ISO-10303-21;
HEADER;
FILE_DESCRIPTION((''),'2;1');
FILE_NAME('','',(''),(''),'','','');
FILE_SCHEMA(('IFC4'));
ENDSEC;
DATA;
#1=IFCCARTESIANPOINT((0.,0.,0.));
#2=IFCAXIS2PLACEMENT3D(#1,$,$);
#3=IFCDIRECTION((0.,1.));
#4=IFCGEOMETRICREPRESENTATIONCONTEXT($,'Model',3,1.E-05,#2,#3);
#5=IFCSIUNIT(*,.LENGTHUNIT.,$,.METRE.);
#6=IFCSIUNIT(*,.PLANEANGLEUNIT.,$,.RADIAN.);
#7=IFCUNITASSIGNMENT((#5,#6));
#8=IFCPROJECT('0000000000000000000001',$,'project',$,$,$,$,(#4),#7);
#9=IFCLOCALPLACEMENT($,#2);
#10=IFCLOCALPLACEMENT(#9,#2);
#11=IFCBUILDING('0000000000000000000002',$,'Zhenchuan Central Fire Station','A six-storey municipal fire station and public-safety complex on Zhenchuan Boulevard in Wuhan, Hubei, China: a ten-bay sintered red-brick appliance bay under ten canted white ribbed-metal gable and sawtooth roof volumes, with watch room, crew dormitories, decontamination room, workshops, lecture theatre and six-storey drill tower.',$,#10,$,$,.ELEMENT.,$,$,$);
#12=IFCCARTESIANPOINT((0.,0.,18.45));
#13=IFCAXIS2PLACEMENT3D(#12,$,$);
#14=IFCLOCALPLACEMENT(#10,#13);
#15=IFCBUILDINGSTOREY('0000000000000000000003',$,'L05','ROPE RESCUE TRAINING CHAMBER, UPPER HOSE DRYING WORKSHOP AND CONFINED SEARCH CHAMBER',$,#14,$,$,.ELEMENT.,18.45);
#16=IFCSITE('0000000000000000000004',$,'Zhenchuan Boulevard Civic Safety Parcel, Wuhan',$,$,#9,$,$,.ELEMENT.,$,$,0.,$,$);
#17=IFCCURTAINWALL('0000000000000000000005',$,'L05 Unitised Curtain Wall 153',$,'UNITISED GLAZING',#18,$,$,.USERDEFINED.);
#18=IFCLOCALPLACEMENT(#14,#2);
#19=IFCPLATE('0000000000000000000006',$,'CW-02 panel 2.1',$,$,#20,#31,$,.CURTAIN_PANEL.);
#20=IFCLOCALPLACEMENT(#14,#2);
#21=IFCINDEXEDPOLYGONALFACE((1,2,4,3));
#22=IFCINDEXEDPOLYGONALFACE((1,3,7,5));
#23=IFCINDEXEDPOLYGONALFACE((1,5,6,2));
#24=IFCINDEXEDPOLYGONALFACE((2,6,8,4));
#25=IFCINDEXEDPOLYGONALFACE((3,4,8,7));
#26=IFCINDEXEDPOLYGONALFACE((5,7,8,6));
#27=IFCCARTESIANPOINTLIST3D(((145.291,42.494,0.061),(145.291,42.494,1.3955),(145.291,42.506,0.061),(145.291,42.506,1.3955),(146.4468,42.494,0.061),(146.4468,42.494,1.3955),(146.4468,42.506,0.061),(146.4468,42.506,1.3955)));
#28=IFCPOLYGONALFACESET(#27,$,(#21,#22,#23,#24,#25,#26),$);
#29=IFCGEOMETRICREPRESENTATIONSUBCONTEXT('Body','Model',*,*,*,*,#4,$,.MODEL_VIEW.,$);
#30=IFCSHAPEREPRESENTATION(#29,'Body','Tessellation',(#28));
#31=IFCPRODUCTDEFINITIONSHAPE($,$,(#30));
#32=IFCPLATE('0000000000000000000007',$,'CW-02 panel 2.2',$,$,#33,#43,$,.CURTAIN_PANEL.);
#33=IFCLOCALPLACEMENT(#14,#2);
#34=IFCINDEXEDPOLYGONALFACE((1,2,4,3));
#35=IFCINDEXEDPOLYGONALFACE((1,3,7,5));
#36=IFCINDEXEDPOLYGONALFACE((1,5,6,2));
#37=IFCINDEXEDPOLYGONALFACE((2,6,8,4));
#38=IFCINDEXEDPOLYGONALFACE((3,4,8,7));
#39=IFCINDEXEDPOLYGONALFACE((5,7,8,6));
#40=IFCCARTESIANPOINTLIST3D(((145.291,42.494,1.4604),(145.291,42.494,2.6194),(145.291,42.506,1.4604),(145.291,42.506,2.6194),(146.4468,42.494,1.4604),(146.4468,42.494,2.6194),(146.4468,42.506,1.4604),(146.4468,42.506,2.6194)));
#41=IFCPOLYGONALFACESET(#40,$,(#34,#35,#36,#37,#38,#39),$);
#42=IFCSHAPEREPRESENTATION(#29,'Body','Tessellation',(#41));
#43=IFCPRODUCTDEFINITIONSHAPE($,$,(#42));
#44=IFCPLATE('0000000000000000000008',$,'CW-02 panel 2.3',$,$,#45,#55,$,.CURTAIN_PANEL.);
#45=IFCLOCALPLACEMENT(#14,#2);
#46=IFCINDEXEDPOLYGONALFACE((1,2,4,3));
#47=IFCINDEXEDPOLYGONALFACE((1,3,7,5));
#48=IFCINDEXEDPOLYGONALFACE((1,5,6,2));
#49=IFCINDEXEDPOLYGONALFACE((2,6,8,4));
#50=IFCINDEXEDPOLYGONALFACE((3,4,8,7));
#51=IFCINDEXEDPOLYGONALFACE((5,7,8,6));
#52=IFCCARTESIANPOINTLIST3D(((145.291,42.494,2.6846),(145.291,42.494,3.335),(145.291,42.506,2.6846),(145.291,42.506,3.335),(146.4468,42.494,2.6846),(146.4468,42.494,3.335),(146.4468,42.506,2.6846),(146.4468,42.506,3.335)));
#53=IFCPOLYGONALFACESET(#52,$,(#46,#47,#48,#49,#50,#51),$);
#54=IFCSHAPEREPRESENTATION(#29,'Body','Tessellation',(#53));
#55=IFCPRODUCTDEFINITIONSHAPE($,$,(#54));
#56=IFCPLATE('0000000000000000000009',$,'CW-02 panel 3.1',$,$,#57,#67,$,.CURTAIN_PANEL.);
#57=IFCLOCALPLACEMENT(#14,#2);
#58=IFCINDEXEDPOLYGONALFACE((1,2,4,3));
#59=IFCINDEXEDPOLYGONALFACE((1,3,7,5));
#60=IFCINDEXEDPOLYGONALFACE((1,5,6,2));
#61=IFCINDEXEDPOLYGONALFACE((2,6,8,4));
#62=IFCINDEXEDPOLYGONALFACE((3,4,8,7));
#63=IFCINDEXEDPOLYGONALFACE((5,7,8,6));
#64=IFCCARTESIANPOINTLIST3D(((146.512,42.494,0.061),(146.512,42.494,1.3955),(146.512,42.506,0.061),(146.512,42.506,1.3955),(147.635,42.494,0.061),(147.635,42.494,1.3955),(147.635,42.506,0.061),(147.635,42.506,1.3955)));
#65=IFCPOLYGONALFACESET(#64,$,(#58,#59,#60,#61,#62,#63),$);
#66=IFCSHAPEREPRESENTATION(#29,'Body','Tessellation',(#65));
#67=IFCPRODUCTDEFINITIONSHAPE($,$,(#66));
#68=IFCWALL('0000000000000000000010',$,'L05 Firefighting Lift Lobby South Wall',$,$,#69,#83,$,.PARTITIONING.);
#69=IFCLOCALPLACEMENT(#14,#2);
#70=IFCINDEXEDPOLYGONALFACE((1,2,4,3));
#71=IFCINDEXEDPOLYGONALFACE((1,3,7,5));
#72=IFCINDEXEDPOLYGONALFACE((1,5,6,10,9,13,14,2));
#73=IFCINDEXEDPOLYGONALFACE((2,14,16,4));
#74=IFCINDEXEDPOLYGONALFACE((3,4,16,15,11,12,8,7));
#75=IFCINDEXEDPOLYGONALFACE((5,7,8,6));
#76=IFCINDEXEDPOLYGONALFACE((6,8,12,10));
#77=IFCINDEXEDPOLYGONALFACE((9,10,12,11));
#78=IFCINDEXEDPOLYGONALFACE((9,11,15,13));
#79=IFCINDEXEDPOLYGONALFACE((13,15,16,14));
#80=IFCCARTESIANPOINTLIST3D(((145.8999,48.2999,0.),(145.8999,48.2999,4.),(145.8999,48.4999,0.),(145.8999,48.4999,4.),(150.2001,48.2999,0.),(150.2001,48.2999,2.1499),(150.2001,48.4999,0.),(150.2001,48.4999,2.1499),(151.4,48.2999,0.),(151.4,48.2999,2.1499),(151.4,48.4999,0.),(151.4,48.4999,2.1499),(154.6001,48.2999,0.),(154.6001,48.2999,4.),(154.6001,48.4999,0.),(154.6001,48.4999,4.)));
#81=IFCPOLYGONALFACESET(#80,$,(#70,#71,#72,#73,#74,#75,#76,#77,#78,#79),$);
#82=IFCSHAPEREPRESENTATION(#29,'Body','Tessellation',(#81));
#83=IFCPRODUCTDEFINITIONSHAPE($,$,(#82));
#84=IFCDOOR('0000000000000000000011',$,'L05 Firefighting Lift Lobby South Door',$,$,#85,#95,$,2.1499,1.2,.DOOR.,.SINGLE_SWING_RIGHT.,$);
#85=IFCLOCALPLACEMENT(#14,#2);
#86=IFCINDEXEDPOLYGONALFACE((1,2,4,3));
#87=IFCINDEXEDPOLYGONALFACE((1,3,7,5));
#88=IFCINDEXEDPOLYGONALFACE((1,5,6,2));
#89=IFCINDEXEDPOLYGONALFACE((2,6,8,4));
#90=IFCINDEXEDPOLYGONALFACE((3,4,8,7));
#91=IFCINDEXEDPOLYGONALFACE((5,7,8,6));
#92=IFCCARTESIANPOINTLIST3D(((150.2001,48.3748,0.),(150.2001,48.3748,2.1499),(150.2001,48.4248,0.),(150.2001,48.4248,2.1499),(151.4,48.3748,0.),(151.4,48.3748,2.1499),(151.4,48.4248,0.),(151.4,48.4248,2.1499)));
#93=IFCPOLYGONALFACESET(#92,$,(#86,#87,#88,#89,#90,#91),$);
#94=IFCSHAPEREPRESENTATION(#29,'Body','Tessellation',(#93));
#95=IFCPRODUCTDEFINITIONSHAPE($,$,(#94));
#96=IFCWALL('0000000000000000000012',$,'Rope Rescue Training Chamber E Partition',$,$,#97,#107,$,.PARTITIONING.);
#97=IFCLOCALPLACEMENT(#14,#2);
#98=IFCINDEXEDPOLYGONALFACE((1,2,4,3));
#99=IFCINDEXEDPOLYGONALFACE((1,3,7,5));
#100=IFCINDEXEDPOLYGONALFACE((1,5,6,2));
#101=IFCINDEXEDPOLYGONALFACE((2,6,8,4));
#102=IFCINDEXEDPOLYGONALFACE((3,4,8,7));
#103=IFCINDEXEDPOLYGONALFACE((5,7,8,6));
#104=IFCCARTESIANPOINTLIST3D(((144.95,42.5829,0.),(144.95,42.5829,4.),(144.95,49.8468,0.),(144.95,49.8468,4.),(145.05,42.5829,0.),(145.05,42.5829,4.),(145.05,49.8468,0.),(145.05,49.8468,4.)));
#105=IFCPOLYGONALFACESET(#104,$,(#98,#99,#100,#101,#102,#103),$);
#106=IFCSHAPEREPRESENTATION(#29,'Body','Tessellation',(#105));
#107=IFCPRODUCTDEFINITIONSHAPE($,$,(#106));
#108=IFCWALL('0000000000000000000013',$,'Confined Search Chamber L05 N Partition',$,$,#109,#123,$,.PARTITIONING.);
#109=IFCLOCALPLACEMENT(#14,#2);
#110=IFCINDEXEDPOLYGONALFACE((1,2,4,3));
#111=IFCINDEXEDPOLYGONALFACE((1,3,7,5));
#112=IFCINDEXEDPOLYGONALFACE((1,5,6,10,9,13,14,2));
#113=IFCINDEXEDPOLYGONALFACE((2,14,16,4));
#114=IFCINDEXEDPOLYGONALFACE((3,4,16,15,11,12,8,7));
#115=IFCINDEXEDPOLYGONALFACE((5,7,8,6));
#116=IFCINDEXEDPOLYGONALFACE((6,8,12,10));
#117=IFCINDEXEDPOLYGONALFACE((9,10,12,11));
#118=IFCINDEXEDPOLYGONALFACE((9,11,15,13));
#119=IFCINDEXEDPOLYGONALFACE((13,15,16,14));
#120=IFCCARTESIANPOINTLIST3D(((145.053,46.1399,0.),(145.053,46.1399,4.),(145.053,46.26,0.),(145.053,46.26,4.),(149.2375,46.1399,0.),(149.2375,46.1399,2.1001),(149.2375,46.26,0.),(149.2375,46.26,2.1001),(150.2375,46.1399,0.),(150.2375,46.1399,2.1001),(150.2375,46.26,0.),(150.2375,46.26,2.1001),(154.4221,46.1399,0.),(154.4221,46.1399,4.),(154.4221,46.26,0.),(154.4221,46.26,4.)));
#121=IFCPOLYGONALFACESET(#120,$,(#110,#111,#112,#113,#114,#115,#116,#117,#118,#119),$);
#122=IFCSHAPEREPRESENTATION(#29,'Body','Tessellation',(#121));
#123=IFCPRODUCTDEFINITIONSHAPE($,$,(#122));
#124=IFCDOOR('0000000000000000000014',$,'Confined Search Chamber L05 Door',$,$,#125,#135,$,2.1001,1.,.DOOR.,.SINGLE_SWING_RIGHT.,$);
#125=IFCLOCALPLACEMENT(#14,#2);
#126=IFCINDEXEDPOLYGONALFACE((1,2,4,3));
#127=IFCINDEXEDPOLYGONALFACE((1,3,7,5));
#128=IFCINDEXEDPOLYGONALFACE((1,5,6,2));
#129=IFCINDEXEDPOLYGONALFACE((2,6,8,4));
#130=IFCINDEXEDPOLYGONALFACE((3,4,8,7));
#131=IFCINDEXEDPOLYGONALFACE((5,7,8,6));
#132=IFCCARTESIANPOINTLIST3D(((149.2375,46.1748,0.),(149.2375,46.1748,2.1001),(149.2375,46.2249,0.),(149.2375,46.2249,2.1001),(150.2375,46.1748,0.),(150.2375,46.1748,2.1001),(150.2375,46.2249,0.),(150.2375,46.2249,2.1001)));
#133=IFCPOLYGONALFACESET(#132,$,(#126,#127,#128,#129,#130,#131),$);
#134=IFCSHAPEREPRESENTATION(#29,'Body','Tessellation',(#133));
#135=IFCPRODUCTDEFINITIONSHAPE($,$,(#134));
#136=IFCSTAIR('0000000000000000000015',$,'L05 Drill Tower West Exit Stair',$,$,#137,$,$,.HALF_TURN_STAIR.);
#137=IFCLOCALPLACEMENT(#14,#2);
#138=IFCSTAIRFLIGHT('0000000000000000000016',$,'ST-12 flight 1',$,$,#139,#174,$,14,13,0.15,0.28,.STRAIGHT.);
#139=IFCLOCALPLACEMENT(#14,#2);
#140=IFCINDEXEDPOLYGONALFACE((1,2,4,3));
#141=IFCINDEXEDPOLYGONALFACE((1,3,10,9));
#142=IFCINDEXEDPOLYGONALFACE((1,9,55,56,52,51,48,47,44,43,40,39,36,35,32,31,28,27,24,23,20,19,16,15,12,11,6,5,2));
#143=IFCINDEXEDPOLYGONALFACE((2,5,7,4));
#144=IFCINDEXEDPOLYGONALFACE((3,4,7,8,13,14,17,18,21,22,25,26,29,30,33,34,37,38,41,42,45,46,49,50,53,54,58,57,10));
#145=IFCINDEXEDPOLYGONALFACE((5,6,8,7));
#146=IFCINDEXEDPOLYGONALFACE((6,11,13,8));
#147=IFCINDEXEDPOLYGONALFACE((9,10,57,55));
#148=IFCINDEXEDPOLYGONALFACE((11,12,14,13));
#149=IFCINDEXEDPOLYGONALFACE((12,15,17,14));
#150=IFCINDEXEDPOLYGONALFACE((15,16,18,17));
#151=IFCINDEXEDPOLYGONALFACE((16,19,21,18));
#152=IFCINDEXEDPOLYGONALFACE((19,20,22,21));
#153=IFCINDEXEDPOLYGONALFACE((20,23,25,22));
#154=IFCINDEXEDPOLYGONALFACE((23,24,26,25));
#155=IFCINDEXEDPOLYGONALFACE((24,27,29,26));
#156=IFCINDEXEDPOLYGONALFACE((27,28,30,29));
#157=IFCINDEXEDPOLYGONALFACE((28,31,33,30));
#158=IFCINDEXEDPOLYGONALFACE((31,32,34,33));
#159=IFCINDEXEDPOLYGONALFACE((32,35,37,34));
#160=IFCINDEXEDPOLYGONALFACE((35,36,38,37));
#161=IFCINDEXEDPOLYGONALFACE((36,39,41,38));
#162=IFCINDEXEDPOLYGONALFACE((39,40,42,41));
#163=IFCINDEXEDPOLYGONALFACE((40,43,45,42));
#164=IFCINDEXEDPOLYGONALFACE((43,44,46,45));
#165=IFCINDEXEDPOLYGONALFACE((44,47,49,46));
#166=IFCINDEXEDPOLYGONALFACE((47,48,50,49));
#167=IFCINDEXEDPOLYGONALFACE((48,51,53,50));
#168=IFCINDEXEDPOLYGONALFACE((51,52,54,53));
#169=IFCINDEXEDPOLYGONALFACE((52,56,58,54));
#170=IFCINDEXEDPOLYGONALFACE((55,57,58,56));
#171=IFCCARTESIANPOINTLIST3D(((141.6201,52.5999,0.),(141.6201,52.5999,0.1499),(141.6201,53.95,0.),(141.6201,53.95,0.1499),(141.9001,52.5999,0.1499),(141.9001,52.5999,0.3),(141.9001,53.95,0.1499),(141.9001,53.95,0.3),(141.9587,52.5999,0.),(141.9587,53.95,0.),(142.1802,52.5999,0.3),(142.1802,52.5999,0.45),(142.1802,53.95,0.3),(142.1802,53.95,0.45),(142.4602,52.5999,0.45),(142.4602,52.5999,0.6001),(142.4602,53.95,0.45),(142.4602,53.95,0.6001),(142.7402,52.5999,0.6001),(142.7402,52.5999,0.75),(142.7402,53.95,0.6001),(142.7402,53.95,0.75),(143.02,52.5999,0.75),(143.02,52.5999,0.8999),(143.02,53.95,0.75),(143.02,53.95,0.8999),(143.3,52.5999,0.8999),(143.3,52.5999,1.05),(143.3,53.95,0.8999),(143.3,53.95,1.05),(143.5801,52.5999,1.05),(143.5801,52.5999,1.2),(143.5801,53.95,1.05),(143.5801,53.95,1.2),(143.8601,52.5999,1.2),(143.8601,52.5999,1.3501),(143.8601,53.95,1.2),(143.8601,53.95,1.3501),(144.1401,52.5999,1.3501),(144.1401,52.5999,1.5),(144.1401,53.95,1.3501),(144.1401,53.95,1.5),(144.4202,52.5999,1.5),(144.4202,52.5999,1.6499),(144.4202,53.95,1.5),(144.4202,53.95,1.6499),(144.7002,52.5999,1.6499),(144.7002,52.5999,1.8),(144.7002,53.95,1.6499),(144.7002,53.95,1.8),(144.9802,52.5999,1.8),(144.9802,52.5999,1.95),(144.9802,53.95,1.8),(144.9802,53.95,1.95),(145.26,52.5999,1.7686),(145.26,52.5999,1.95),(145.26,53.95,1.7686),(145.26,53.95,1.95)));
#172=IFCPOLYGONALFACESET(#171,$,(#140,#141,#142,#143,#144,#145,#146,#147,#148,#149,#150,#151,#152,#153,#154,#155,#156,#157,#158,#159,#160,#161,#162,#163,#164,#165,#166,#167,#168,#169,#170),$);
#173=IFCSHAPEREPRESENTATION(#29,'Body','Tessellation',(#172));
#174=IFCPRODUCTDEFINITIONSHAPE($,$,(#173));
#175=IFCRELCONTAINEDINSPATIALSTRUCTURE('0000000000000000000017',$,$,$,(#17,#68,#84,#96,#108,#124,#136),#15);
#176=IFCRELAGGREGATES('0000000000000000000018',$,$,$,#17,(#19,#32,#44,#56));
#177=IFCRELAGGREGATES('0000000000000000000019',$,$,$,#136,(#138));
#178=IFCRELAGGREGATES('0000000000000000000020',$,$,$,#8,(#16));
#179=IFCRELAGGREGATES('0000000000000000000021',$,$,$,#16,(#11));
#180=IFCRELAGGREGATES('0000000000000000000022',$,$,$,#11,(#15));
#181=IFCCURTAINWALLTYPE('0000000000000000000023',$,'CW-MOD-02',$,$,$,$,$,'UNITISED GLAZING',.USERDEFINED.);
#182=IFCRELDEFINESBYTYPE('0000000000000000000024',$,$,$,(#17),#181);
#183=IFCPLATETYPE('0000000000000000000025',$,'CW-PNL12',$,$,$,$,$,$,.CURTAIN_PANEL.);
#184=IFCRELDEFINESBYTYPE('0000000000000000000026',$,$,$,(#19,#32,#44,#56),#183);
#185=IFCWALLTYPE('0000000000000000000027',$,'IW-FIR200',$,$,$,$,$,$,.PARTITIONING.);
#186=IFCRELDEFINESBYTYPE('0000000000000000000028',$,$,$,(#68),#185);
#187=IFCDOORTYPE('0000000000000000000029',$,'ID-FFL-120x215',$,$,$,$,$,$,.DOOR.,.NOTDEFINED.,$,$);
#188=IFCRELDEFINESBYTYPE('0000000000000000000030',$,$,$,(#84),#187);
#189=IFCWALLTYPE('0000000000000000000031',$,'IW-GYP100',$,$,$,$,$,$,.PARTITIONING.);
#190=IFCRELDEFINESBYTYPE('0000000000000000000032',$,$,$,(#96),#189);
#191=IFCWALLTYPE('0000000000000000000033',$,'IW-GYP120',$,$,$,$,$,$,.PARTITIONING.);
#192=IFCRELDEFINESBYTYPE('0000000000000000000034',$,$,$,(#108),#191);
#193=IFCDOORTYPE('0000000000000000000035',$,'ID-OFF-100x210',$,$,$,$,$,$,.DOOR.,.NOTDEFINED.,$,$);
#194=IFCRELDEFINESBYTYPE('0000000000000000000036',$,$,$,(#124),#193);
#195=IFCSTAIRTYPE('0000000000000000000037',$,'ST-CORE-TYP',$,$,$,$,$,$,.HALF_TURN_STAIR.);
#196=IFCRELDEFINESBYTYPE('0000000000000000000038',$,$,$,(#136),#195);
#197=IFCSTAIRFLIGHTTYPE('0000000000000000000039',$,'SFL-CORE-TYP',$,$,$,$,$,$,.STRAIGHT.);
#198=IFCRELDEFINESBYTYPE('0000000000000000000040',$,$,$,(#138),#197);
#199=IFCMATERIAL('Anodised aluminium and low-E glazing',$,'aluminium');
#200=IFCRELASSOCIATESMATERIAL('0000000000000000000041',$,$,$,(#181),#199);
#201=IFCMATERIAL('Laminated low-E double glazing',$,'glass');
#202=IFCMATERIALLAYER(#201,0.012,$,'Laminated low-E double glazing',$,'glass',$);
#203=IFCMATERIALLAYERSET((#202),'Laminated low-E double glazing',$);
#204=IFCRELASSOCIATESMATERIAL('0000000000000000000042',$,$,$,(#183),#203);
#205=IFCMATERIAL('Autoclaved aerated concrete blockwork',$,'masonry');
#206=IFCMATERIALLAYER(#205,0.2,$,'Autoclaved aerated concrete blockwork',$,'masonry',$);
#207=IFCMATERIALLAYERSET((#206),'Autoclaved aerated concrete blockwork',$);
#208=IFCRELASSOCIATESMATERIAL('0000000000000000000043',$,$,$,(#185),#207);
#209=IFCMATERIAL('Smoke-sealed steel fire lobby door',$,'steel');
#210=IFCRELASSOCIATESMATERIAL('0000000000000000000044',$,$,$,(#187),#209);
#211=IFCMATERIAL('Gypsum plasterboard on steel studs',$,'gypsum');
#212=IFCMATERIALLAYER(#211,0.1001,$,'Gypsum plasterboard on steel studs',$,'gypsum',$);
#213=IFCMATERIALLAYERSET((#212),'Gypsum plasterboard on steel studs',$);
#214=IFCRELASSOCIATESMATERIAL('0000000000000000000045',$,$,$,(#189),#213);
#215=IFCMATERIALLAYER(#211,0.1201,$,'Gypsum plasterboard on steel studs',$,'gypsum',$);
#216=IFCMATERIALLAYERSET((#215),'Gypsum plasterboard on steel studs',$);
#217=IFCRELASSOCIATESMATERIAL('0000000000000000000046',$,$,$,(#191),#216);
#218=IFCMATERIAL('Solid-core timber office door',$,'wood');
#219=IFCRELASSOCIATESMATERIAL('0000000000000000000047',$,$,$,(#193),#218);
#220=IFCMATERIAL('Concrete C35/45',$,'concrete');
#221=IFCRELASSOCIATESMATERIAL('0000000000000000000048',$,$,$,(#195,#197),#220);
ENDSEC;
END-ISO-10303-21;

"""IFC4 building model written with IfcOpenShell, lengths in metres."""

from ifc_helpers import new_model, si_unit, direction, frame, frame_2d, origin, origin_2d, place, context, subcontext, project, spatial, polyline, rectangle, outline, extrude, material, layer, layer_set, type_object, element, fill, aggregate, save


model = new_model("IFC4")

# Units and contexts
model_context = context("Model", 3, precision=1e-05, world=origin(), true_north=direction((0.0, 1.0)))
body_context = subcontext(model_context, "Body", "Model", "MODEL_VIEW")
ifc_project = project(units=[si_unit("LENGTHUNIT", "METRE"), si_unit("PLANEANGLEUNIT", "RADIAN")], contexts=[model_context])

# Site, building, storey
site_placement = place(None, origin())
site = spatial("IfcSite", under=ifc_project, at=site_placement, Name="Zhenchuan Boulevard Civic Safety Parcel, Wuhan", CompositionType="ELEMENT", RefElevation=0.0)
building_placement = place(site_placement, origin())
building = spatial("IfcBuilding", under=site, at=building_placement, Name="Zhenchuan Central Fire Station", Description="A six-storey municipal fire station and public-safety complex on Zhenchuan Boulevard in Wuhan, Hubei, China: a ten-bay sintered red-brick appliance bay under ten canted white ribbed-metal gable and sawtooth roof volumes, with watch room, crew dormitories, decontamination room, workshops, lecture theatre and six-storey drill tower.", CompositionType="ELEMENT")
storey_placement = place(building_placement, frame((0.0, 0.0, 18.45)))
storey = spatial("IfcBuildingStorey", under=building, at=storey_placement, Name="L05", Description="ROPE RESCUE TRAINING CHAMBER, UPPER HOSE DRYING WORKSHOP AND CONFINED SEARCH CHAMBER", CompositionType="ELEMENT", Elevation=18.45)

# Curtain wall
ifc_material_1 = material(Name="Anodised aluminium and low-E glazing", Category="aluminium")
curtain_wall_type = type_object("IfcCurtainWallType", Name="CW-MOD-02", ElementType="UNITISED GLAZING", PredefinedType="USERDEFINED", material=ifc_material_1)
curtain_wall_placement = place(storey_placement, origin())
curtain_wall = element("IfcCurtainWall", 1, at=curtain_wall_placement, inside=storey, type_object=curtain_wall_type, Name="L05 Unitised Curtain Wall 153", ObjectType="UNITISED GLAZING", PredefinedType="USERDEFINED")

# Plates
ifc_material_2 = material(Name="Laminated low-E double glazing", Category="glass")
ifc_layer_1 = layer(ifc_material_2, 0.012, Name="Laminated low-E double glazing", Category="glass")
ifc_layer_set_1 = layer_set([ifc_layer_1], Name="Laminated low-E double glazing")
plate_type = type_object("IfcPlateType", Name="CW-PNL12", PredefinedType="CURTAIN_PANEL", material=ifc_layer_set_1)
plate_1_placement = place(storey_placement, frame((145.8689, 42.5, 0.061), z_axis=(0.0, 0.0, 1.0), x_axis=(1.0, 0.0, 0.0)))
plate_1 = element("IfcPlate", 2, at=plate_1_placement, type_object=plate_type, Name="CW-02 panel 2.1", PredefinedType="CURTAIN_PANEL", context=body_context, shape_type="SweptSolid", body=[
    extrude(rectangle(XDim=1.1558, YDim=0.012, at=origin_2d()), origin(), (0.0, 0.0, 1.0), 1.3345),
])
plate_2_placement = place(storey_placement, frame((145.8689, 42.5, 1.4604), z_axis=(0.0, 0.0, 1.0), x_axis=(1.0, 0.0, 0.0)))
plate_2 = element("IfcPlate", 3, at=plate_2_placement, type_object=plate_type, Name="CW-02 panel 2.2", PredefinedType="CURTAIN_PANEL", context=body_context, shape_type="SweptSolid", body=[
    extrude(rectangle(XDim=1.1558, YDim=0.012, at=origin_2d()), origin(), (0.0, 0.0, 1.0), 1.1589),
])
plate_3_placement = place(storey_placement, frame((145.8689, 42.5, 2.6846), z_axis=(0.0, 0.0, 1.0), x_axis=(1.0, 0.0, 0.0)))
plate_3 = element("IfcPlate", 4, at=plate_3_placement, type_object=plate_type, Name="CW-02 panel 2.3", PredefinedType="CURTAIN_PANEL", context=body_context, shape_type="SweptSolid", body=[
    extrude(rectangle(XDim=1.1558, YDim=0.012, at=origin_2d()), origin(), (0.0, 0.0, 1.0), 0.6504),
])
plate_4_placement = place(storey_placement, frame((147.0735, 42.5, 0.061), z_axis=(0.0, 0.0, 1.0), x_axis=(1.0, 0.0, 0.0)))
plate_4 = element("IfcPlate", 5, at=plate_4_placement, type_object=plate_type, Name="CW-02 panel 3.1", PredefinedType="CURTAIN_PANEL", context=body_context, shape_type="SweptSolid", body=[
    extrude(rectangle(XDim=1.123, YDim=0.012, at=origin_2d()), origin(), (0.0, 0.0, 1.0), 1.3345),
])
aggregate(curtain_wall, [plate_1, plate_2, plate_3, plate_4])

# Wall, opening, door
ifc_material_3 = material(Name="Autoclaved aerated concrete blockwork", Category="masonry")
ifc_layer_2 = layer(ifc_material_3, 0.2, Name="Autoclaved aerated concrete blockwork", Category="masonry")
ifc_layer_set_2 = layer_set([ifc_layer_2], Name="Autoclaved aerated concrete blockwork")
wall_type_1 = type_object("IfcWallType", Name="IW-FIR200", PredefinedType="PARTITIONING", material=ifc_layer_set_2)
wall_1_placement = place(storey_placement, frame((145.8999, 48.3999, 0.0), z_axis=(0.0, 0.0, 1.0), x_axis=(1.0, 0.0, 0.0)))
wall_1 = element("IfcWall", 6, at=wall_1_placement, inside=storey, type_object=wall_type_1, Name="L05 Firefighting Lift Lobby South Wall", PredefinedType="PARTITIONING", context=body_context, shape_type="SweptSolid", body=[
    extrude(rectangle(XDim=8.7002, YDim=0.2, at=frame_2d((4.3501, 0.0))), origin(), (0.0, 0.0, 1.0), 4.0),
])
opening_1_placement = place(wall_1_placement, frame((4.3, 0.0, 0.0)))
opening_1 = element("IfcOpeningElement", 7, at=opening_1_placement, cuts=wall_1, PredefinedType="OPENING", context=body_context, shape_type="SweptSolid", body=[
    extrude(rectangle(XDim=1.2, YDim=2.1499, at=frame_2d((0.6001, 1.075))), frame((0.0, 0.1099, 0.0), z_axis=(0.0, -1.0, 0.0), x_axis=(1.0, 0.0, 0.0)), (0.0, 0.0, 1.0), 0.22),
])
ifc_material_4 = material(Name="Smoke-sealed steel fire lobby door", Category="steel")
door_type_1 = type_object("IfcDoorType", Name="ID-FFL-120x215", OperationType="NOTDEFINED", PredefinedType="DOOR", material=ifc_material_4)
door_1_placement = place(opening_1_placement, origin())
door_1 = element("IfcDoor", 8, at=door_1_placement, inside=storey, type_object=door_type_1, Name="L05 Firefighting Lift Lobby South Door", OperationType="SINGLE_SWING_RIGHT", OverallHeight=2.1499, OverallWidth=1.2, PredefinedType="DOOR", context=body_context, shape_type="SweptSolid", body=[
    extrude(rectangle(XDim=1.2, YDim=2.1499, at=frame_2d((0.6001, 1.075))), frame((0.0, 0.0249, 0.0), z_axis=(0.0, -1.0, 0.0), x_axis=(1.0, 0.0, 0.0)), (0.0, 0.0, 1.0), 0.05),
])
fill(opening_1, door_1)

# Wall
ifc_material_5 = material(Name="Gypsum plasterboard on steel studs", Category="gypsum")
ifc_layer_3 = layer(ifc_material_5, 0.1001, Name="Gypsum plasterboard on steel studs", Category="gypsum")
ifc_layer_set_3 = layer_set([ifc_layer_3], Name="Gypsum plasterboard on steel studs")
wall_type_2 = type_object("IfcWallType", Name="IW-GYP100", PredefinedType="PARTITIONING", material=ifc_layer_set_3)
wall_2_placement = place(storey_placement, frame((145.0, 42.583, 0.0), z_axis=(0.0, 0.0, 1.0), x_axis=(0.0, 1.0, 0.0)))
element("IfcWall", 9, at=wall_2_placement, inside=storey, type_object=wall_type_2, Name="Rope Rescue Training Chamber E Partition", PredefinedType="PARTITIONING", context=body_context, shape_type="SweptSolid", body=[
    extrude(rectangle(XDim=7.2639, YDim=0.1001, at=frame_2d((3.6318, 0.0))), origin(), (0.0, 0.0, 1.0), 4.0),
])

# Wall, opening, door
ifc_layer_4 = layer(ifc_material_5, 0.1201, Name="Gypsum plasterboard on steel studs", Category="gypsum")
ifc_layer_set_4 = layer_set([ifc_layer_4], Name="Gypsum plasterboard on steel studs")
wall_type_3 = type_object("IfcWallType", Name="IW-GYP120", PredefinedType="PARTITIONING", material=ifc_layer_set_4)
wall_3_placement = place(storey_placement, frame((145.053, 46.2, 0.0), z_axis=(0.0, 0.0, 1.0), x_axis=(1.0, 0.0, 0.0)))
wall_3 = element("IfcWall", 10, at=wall_3_placement, inside=storey, type_object=wall_type_3, Name="Confined Search Chamber L05 N Partition", PredefinedType="PARTITIONING", context=body_context, shape_type="SweptSolid", body=[
    extrude(rectangle(XDim=9.3691, YDim=0.1201, at=frame_2d((4.6846, 0.0))), origin(), (0.0, 0.0, 1.0), 4.0),
])
opening_2_placement = place(wall_3_placement, frame((4.1846, 0.0, 0.0)))
opening_2 = element("IfcOpeningElement", 11, at=opening_2_placement, cuts=wall_3, PredefinedType="OPENING", context=body_context, shape_type="SweptSolid", body=[
    extrude(rectangle(XDim=1.0, YDim=2.1001, at=frame_2d((0.5, 1.05))), frame((0.0, 0.0701, 0.0), z_axis=(0.0, -1.0, 0.0), x_axis=(1.0, 0.0, 0.0)), (0.0, 0.0, 1.0), 0.1401),
])
ifc_material_6 = material(Name="Solid-core timber office door", Category="wood")
door_type_2 = type_object("IfcDoorType", Name="ID-OFF-100x210", OperationType="NOTDEFINED", PredefinedType="DOOR", material=ifc_material_6)
door_2_placement = place(opening_2_placement, origin())
door_2 = element("IfcDoor", 12, at=door_2_placement, inside=storey, type_object=door_type_2, Name="Confined Search Chamber L05 Door", OperationType="SINGLE_SWING_RIGHT", OverallHeight=2.1001, OverallWidth=1.0, PredefinedType="DOOR", context=body_context, shape_type="SweptSolid", body=[
    extrude(rectangle(XDim=1.0, YDim=2.1001, at=frame_2d((0.5, 1.05))), frame((0.0, 0.0249, 0.0), z_axis=(0.0, -1.0, 0.0), x_axis=(1.0, 0.0, 0.0)), (0.0, 0.0, 1.0), 0.05),
])
fill(opening_2, door_2)

# Stair, stair flight
ifc_material_7 = material(Name="Concrete C35/45", Category="concrete")
stair_type = type_object("IfcStairType", Name="ST-CORE-TYP", PredefinedType="HALF_TURN_STAIR", material=ifc_material_7)
stair_placement = place(storey_placement, origin())
stair = element("IfcStair", 13, at=stair_placement, inside=storey, type_object=stair_type, Name="L05 Drill Tower West Exit Stair", PredefinedType="HALF_TURN_STAIR")
stair_flight_type = type_object("IfcStairFlightType", Name="SFL-CORE-TYP", PredefinedType="STRAIGHT", material=ifc_material_7)
stair_flight_1_placement = place(storey_placement, frame((141.6201, 53.2749, 0.0), z_axis=(0.0, 0.0, 1.0), x_axis=(1.0, 0.0, 0.0)))
stair_flight_1 = element("IfcStairFlight", 14, at=stair_flight_1_placement, type_object=stair_flight_type, Name="ST-12 flight 1", NumberOfRisers=14, NumberOfTreads=13, PredefinedType="STRAIGHT", RiserHeight=0.15, TreadLength=0.28, context=body_context, shape_type="SweptSolid", body=[
    extrude(outline(polyline([(0.0, 0.0), (0.0, 0.1499), (0.28, 0.1499), (0.28, 0.3), (0.5601, 0.3), (0.5601, 0.45), (0.8401, 0.45), (0.8401, 0.6001), (1.1201, 0.6001), (1.1201, 0.75), (1.3999, 0.75), (1.3999, 0.8999), (1.6799, 0.8999), (1.6799, 1.05), (1.96, 1.05), (1.96, 1.2), (2.24, 1.2), (2.24, 1.3501), (2.52, 1.3501), (2.52, 1.5), (2.8, 1.5), (2.8, 1.6499), (3.0801, 1.6499), (3.0801, 1.8), (3.3601, 1.8), (3.3601, 1.95), (3.6399, 1.95), (3.6399, 2.1001), (3.6399, 1.7686), (0.3386, 0.0), (0.0, 0.0)])), frame((0.0, 0.675, 0.0), z_axis=(0.0, -1.0, 0.0), x_axis=(1.0, 0.0, 0.0)), (0.0, 0.0, 1.0), 1.3501),
])
aggregate(stair, [stair_flight_1])

save(model, "model.ifc")
